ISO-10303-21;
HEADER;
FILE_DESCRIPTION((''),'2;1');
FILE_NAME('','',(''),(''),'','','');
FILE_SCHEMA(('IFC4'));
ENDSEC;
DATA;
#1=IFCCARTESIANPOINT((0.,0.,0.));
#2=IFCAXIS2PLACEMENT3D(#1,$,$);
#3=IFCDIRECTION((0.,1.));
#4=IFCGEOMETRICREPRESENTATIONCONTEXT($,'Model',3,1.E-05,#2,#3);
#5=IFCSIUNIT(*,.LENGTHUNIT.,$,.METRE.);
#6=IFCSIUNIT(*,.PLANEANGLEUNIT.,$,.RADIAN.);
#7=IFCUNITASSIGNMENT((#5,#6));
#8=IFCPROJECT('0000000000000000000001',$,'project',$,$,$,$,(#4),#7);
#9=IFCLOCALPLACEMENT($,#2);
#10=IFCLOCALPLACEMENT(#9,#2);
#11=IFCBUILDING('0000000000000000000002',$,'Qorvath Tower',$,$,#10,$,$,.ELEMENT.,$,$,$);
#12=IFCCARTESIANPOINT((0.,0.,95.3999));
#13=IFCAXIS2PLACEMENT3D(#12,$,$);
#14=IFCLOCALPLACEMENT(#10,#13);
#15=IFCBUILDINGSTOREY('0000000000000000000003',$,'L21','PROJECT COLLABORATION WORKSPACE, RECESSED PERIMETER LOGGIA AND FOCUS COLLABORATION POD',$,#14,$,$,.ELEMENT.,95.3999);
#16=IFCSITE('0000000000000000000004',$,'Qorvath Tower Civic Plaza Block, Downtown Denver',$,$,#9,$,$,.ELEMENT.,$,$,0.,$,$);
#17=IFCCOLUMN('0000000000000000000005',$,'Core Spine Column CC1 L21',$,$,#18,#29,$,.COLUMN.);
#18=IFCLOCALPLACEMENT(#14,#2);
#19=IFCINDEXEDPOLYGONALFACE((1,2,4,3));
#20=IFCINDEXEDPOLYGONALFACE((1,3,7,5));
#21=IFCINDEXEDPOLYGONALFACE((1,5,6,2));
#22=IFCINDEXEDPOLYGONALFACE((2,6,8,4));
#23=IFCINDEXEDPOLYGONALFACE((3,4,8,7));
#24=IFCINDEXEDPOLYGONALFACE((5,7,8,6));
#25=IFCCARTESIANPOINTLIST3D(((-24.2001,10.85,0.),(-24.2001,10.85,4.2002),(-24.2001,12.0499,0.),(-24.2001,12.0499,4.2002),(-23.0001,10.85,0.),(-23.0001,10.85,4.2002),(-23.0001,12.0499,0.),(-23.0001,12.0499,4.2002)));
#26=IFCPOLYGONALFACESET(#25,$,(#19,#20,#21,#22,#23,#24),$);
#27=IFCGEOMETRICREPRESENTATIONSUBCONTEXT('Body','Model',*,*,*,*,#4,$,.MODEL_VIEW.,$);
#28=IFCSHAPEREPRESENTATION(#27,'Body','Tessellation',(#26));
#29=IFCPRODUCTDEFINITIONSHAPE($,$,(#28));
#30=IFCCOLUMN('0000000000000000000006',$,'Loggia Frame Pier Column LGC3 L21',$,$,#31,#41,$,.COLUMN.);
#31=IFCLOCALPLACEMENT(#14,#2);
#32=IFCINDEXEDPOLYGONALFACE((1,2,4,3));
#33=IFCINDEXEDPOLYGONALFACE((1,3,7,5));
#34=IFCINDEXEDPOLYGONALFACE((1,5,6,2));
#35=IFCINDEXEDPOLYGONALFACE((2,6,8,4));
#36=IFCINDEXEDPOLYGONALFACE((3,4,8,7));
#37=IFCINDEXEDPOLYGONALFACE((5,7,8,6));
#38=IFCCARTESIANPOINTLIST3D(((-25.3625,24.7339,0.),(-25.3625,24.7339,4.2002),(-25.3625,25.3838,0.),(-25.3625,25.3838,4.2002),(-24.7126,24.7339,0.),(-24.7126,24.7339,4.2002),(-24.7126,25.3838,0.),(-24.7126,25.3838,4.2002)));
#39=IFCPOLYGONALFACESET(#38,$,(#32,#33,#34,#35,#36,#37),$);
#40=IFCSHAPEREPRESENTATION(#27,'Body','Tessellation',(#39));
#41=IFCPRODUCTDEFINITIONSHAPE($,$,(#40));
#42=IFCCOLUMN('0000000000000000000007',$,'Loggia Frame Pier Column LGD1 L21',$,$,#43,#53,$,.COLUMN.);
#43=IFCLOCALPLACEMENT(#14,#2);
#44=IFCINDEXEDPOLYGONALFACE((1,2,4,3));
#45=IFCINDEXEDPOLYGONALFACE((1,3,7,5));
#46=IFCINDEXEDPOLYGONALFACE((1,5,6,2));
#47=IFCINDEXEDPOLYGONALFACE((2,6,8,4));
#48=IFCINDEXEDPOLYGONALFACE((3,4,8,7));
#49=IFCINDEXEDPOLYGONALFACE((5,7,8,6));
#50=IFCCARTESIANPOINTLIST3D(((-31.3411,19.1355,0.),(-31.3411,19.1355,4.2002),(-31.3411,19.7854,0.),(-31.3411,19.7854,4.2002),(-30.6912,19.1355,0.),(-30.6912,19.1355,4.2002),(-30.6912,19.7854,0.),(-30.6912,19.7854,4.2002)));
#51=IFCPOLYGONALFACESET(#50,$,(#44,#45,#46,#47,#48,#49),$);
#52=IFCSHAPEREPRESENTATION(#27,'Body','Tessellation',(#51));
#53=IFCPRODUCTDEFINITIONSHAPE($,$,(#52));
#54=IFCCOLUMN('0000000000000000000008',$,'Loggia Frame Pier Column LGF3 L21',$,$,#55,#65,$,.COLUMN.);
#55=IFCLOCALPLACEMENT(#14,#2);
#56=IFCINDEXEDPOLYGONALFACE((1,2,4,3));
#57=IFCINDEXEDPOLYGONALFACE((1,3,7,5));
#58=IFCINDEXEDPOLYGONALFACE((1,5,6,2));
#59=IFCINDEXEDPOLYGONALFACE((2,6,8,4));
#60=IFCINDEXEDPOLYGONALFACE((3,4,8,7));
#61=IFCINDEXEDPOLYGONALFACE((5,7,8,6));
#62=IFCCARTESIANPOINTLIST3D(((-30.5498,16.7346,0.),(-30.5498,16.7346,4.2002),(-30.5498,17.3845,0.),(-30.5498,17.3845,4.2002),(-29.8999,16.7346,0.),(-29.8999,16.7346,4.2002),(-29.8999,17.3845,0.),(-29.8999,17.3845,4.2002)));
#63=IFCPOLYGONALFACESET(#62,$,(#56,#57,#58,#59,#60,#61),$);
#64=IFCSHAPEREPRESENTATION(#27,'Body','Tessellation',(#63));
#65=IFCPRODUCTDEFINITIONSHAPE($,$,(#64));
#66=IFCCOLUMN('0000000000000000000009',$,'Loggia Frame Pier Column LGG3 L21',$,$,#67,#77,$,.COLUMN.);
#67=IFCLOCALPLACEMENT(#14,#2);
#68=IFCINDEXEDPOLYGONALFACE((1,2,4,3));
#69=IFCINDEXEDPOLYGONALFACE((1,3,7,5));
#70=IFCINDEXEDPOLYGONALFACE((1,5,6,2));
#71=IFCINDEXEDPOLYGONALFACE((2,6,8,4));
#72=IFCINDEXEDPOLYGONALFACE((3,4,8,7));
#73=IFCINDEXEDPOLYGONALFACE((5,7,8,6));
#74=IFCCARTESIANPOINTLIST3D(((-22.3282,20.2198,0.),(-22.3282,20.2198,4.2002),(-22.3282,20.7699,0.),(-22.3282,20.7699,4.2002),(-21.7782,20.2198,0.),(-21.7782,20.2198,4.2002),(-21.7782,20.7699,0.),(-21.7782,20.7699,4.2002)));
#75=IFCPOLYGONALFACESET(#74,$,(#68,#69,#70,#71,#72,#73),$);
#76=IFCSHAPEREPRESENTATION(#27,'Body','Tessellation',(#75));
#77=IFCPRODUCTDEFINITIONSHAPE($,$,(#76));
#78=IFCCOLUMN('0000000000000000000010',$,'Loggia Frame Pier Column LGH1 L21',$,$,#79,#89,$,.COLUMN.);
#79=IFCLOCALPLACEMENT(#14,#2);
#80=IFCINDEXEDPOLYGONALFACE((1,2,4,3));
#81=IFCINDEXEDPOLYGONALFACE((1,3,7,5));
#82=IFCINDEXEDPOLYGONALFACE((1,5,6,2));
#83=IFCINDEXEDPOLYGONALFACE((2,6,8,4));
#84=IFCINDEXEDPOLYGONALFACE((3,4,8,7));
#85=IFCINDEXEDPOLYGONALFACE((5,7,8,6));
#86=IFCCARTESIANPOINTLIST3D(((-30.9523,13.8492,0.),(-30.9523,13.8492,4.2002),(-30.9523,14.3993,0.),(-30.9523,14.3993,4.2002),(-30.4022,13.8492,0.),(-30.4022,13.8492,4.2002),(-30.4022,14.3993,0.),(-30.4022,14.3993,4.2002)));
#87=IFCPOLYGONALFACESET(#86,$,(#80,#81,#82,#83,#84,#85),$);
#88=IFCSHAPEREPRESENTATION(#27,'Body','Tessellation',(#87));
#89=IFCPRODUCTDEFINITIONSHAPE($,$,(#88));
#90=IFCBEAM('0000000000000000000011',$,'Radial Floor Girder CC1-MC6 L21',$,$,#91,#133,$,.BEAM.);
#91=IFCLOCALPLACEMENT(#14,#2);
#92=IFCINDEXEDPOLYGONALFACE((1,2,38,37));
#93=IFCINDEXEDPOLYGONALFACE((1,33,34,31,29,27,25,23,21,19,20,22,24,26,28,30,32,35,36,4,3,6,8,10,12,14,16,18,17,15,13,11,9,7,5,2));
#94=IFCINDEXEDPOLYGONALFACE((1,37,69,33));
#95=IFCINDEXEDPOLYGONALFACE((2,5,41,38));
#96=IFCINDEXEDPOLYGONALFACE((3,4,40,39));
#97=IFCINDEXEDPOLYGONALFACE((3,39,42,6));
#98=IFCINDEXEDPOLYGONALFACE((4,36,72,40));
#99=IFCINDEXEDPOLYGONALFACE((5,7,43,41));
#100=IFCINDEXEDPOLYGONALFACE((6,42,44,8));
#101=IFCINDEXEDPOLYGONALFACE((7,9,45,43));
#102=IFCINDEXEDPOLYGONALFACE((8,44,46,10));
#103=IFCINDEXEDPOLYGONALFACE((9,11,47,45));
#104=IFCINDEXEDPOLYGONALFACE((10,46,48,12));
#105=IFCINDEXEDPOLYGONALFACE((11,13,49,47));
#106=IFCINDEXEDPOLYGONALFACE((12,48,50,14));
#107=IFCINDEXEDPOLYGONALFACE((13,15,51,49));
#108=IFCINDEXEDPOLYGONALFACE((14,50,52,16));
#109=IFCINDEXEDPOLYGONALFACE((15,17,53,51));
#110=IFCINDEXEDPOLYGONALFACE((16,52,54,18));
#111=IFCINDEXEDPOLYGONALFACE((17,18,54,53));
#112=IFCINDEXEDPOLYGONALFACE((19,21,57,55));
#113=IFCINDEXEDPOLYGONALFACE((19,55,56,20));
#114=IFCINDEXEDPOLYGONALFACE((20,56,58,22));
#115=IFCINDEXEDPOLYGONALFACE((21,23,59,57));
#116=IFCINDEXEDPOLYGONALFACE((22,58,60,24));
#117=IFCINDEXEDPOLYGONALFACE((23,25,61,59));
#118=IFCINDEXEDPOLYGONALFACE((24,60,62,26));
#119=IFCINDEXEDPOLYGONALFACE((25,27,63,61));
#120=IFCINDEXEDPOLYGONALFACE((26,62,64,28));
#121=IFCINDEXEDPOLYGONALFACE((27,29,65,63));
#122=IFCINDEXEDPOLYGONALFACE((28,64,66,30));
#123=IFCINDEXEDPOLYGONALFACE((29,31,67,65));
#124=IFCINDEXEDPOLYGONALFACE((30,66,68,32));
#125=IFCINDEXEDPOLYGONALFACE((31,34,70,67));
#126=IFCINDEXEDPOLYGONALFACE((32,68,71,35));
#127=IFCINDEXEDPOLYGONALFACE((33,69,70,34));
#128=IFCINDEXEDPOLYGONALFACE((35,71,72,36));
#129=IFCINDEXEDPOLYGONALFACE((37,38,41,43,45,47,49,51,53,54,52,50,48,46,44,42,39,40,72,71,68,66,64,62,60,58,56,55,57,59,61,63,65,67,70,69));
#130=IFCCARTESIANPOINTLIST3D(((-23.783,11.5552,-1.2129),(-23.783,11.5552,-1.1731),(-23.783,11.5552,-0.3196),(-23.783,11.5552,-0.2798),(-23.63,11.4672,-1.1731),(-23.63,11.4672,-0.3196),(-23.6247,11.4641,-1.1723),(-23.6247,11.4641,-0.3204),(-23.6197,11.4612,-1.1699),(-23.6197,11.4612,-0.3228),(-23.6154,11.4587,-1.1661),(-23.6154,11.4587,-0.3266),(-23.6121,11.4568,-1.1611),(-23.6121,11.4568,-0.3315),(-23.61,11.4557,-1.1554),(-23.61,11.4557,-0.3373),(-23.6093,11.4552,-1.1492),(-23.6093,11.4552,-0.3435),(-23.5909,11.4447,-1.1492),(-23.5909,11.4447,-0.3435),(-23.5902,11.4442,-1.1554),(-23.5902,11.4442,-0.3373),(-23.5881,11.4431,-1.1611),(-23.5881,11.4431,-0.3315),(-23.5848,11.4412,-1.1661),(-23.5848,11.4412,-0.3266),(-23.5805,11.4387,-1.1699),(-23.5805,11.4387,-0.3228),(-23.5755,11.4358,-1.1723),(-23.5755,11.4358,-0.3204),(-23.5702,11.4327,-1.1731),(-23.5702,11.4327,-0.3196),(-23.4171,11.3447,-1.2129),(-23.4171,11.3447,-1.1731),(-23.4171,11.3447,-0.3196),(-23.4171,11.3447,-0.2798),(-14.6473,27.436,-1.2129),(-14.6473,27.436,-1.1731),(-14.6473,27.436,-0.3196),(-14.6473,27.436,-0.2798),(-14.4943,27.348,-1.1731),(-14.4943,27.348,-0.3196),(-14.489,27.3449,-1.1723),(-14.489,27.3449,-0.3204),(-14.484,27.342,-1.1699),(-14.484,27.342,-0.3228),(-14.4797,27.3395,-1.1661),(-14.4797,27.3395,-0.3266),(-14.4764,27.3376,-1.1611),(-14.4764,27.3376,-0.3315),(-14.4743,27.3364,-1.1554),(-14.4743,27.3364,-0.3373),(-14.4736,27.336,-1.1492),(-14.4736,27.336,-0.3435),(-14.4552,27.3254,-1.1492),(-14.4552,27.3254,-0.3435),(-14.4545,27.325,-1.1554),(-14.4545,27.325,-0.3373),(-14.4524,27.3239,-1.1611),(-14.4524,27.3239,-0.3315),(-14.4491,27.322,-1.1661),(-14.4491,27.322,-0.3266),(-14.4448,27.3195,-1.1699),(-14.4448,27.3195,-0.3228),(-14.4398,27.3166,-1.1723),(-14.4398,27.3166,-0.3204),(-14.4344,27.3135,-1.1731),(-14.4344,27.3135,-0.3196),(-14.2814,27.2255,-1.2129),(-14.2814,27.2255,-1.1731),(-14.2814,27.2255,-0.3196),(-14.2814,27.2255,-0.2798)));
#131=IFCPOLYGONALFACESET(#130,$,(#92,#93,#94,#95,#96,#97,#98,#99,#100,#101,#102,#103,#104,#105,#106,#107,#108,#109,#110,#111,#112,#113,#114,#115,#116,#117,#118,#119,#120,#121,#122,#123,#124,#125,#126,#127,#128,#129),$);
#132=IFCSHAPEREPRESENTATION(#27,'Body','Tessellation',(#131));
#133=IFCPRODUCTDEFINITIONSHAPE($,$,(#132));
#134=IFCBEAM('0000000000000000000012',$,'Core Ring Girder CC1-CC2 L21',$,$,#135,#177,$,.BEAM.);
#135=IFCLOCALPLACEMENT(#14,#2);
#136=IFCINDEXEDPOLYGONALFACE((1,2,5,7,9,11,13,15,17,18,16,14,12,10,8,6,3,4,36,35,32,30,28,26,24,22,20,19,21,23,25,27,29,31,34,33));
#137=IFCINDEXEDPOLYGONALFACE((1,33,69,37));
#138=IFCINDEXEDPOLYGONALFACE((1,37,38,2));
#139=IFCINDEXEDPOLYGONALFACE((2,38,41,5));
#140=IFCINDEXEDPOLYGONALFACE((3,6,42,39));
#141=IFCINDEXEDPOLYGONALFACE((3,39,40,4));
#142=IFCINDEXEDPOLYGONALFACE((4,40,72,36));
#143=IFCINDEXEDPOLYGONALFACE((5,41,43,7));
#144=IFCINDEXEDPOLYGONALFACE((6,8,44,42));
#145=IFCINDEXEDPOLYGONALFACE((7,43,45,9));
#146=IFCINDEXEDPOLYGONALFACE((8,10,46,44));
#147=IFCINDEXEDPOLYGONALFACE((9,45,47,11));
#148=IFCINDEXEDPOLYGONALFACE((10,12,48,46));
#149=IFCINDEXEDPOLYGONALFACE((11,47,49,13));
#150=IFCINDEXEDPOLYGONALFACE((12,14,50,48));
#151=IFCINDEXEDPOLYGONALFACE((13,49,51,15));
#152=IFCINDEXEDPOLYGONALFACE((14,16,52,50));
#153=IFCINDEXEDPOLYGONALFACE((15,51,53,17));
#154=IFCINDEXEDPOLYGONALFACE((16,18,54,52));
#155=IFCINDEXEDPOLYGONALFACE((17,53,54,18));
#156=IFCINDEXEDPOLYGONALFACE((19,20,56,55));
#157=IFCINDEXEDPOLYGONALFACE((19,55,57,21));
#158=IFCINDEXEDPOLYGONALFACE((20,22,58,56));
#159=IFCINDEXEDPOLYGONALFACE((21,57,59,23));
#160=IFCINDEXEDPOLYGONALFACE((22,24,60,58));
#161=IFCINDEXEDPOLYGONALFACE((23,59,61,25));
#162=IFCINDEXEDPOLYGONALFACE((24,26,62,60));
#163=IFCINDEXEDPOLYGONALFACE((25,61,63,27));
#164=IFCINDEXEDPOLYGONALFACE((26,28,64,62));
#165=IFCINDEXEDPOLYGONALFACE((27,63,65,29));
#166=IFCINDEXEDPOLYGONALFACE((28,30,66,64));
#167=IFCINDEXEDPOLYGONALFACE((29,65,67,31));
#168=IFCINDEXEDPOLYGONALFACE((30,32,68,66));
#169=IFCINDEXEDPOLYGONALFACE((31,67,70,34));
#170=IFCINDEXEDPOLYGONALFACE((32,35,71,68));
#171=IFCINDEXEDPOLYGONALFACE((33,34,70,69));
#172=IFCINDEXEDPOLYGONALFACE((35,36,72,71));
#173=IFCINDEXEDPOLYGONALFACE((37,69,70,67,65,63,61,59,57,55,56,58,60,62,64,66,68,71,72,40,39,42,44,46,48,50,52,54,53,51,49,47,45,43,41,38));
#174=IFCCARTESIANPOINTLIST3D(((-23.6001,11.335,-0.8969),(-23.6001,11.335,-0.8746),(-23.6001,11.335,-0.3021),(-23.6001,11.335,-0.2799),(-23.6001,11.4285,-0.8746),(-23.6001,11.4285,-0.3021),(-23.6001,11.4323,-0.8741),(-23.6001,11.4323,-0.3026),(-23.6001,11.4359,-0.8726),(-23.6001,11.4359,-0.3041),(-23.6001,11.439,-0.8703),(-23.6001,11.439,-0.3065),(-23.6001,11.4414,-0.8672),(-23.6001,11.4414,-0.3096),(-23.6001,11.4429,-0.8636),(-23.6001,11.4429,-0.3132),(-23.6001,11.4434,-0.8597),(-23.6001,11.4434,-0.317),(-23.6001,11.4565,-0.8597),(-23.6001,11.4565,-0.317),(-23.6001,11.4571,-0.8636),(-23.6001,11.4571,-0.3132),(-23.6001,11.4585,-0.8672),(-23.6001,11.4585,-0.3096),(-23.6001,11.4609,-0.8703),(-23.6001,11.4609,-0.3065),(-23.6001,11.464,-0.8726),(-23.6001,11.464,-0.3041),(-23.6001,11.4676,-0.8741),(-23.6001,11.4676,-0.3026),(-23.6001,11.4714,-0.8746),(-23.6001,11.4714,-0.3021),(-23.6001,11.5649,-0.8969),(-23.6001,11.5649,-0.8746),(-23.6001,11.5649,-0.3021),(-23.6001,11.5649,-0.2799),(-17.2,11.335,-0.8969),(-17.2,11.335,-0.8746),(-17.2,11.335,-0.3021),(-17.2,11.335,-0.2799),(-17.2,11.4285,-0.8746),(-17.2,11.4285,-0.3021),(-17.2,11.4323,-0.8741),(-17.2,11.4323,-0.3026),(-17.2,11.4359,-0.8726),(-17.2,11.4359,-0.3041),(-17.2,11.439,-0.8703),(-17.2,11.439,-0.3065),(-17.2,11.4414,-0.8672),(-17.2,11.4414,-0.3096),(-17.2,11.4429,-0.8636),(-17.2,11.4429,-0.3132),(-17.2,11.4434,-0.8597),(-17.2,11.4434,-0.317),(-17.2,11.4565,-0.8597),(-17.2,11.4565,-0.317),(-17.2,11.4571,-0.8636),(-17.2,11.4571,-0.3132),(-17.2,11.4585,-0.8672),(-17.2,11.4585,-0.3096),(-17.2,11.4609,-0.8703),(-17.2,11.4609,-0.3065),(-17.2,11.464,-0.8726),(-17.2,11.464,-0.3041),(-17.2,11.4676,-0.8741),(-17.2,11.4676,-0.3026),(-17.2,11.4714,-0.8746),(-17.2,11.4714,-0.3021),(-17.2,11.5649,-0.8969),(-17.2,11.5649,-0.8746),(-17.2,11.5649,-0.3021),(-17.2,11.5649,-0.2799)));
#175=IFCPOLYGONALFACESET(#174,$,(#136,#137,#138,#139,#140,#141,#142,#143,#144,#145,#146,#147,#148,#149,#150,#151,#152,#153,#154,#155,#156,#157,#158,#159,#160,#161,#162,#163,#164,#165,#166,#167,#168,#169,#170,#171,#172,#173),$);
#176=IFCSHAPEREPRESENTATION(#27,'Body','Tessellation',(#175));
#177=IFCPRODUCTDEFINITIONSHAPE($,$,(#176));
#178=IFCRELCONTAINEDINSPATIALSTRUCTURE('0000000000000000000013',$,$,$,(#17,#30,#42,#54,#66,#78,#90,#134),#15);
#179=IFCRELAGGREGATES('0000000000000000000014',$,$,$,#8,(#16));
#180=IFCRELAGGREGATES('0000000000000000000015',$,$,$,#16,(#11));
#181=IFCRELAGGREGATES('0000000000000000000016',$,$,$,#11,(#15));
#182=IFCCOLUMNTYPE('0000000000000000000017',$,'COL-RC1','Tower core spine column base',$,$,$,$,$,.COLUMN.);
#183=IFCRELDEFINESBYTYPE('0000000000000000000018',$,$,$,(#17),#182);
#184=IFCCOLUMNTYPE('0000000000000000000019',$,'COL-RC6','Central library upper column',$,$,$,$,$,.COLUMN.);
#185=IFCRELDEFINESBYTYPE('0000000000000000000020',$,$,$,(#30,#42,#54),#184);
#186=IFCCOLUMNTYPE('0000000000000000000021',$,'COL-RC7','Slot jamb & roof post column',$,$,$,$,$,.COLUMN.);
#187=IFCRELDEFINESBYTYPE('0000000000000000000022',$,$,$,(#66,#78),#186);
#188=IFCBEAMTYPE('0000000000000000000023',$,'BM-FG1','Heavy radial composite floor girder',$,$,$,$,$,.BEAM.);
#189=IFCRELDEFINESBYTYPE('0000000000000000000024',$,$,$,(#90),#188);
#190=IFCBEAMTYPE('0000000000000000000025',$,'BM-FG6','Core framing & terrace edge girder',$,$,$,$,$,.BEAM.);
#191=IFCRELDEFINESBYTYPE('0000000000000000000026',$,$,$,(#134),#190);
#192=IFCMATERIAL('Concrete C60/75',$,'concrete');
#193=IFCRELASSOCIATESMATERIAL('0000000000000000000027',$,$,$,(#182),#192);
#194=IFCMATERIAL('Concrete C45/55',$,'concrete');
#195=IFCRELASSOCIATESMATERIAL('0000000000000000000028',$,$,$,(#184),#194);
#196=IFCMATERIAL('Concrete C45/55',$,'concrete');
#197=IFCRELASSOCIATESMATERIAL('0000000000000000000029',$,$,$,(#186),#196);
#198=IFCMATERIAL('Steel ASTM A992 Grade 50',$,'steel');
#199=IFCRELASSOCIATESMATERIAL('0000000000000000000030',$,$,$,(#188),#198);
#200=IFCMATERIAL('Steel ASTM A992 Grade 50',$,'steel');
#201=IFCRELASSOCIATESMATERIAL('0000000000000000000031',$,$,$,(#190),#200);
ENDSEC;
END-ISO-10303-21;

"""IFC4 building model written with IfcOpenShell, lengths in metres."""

from ifc_helpers import new_model, si_unit, direction, frame, origin, origin_2d, place, context, subcontext, project, spatial, rectangle, i_section, extrude, material, material_profile, profile_set, type_object, element, save


model = new_model("IFC4")

# Units and contexts
model_context = context("Model", 3, precision=1e-05, world=origin(), true_north=direction((0.0, 1.0)))
body_context = subcontext(model_context, "Body", "Model", "MODEL_VIEW")
ifc_project = project(units=[si_unit("LENGTHUNIT", "METRE"), si_unit("PLANEANGLEUNIT", "RADIAN")], contexts=[model_context])

# Site, building, storey
site_placement = place(None, origin())
site = spatial("IfcSite", under=ifc_project, at=site_placement, Name="Qorvath Tower Civic Plaza Block, Downtown Denver", CompositionType="ELEMENT", RefElevation=0.0)
building_placement = place(site_placement, origin())
building = spatial("IfcBuilding", under=site, at=building_placement, Name="Qorvath Tower", CompositionType="ELEMENT")
storey_placement = place(building_placement, frame((0.0, 0.0, 95.3999)))
storey = spatial("IfcBuildingStorey", under=building, at=storey_placement, Name="L21", Description="PROJECT COLLABORATION WORKSPACE, RECESSED PERIMETER LOGGIA AND FOCUS COLLABORATION POD", CompositionType="ELEMENT", Elevation=95.3999)

# Columns
ifc_material_1 = material(Name="Concrete C60/75", Category="concrete")
ifc_material_profile_1 = material_profile(ifc_material_1, rectangle(XDim=1.2, YDim=1.2, at=origin_2d()), Name="RC 1200x1200")
ifc_profile_set_1 = profile_set([ifc_material_profile_1], Name="Concrete C60/75")
column_type_1 = type_object("IfcColumnType", Name="COL-RC1", Description="Tower core spine column base", PredefinedType="COLUMN", material=ifc_profile_set_1)
column_placement = place(storey_placement, frame((-23.6001, 11.45, 0.0), z_axis=(0.0, 0.0, 1.0), x_axis=(1.0, 0.0, 0.0)))
element("IfcColumn", 1, at=column_placement, inside=storey, type_object=column_type_1, Name="Core Spine Column CC1 L21", PredefinedType="COLUMN", context=body_context, shape_type="SweptSolid", body=[
    extrude(rectangle(XDim=1.2, YDim=1.2, at=origin_2d()), origin(), (0.0, 0.0, 1.0), 4.2002),
])
ifc_material_2 = material(Name="Concrete C45/55", Category="concrete")
ifc_material_profile_2 = material_profile(ifc_material_2, rectangle(XDim=0.6499, YDim=0.6499, at=origin_2d()), Name="RC 650x650")
ifc_profile_set_2 = profile_set([ifc_material_profile_2], Name="Concrete C45/55")
column_type_2 = type_object("IfcColumnType", Name="COL-RC6", Description="Central library upper column", PredefinedType="COLUMN", material=ifc_profile_set_2)
for number, where, z_axis, x_axis, name in (
    (2, (-25.0376, 25.0588, 0.0), (0.0, 0.0, 1.0), (1.0, 0.0, 0.0), "Loggia Frame Pier Column LGC3 L21"),
    (3, (-31.0161, 19.4604, 0.0), (0.0, 0.0, 1.0), (1.0, 0.0, 0.0), "Loggia Frame Pier Column LGD1 L21"),
    (4, (-30.2249, 17.0596, 0.0), (0.0, 0.0, 1.0), (1.0, 0.0, 0.0), "Loggia Frame Pier Column LGF3 L21"),
):
    element("IfcColumn", number, at=place(storey_placement, frame(where, z_axis=z_axis, x_axis=x_axis)), inside=storey, type_object=column_type_2, Name=name, PredefinedType="COLUMN", context=body_context, shape_type="SweptSolid", body=[
        extrude(rectangle(XDim=0.6499, YDim=0.6499, at=origin_2d()), origin(), (0.0, 0.0, 1.0), 4.2002),
    ])
ifc_material_3 = material(Name="Concrete C45/55", Category="concrete")
ifc_material_profile_3 = material_profile(ifc_material_3, rectangle(XDim=0.55, YDim=0.55, at=origin_2d()), Name="RC 550x550")
ifc_profile_set_3 = profile_set([ifc_material_profile_3], Name="Concrete C45/55")
column_type_3 = type_object("IfcColumnType", Name="COL-RC7", Description="Slot jamb & roof post column", PredefinedType="COLUMN", material=ifc_profile_set_3)
for number, where, z_axis, x_axis, name in (
    (5, (-22.0532, 20.4949, 0.0), (0.0, 0.0, 1.0), (1.0, 0.0, 0.0), "Loggia Frame Pier Column LGG3 L21"),
    (6, (-30.6772, 14.1243, 0.0), (0.0, 0.0, 1.0), (1.0, 0.0, 0.0), "Loggia Frame Pier Column LGH1 L21"),
):
    element("IfcColumn", number, at=place(storey_placement, frame(where, z_axis=z_axis, x_axis=x_axis)), inside=storey, type_object=column_type_3, Name=name, PredefinedType="COLUMN", context=body_context, shape_type="SweptSolid", body=[
        extrude(rectangle(XDim=0.55, YDim=0.55, at=origin_2d()), origin(), (0.0, 0.0, 1.0), 4.2002),
    ])

# Beams
ifc_material_4 = material(Name="Steel ASTM A992 Grade 50", Category="steel")
ifc_material_profile_4 = material_profile(ifc_material_4, i_section(OverallWidth=0.4221, OverallDepth=0.9331, WebThickness=0.0212, FlangeThickness=0.0398, FilletRadius=0.0239, at=origin_2d()), Name="W36x262")
ifc_profile_set_4 = profile_set([ifc_material_profile_4], Name="Steel ASTM A992 Grade 50")
beam_type_1 = type_object("IfcBeamType", Name="BM-FG1", Description="Heavy radial composite floor girder", PredefinedType="BEAM", material=ifc_profile_set_4)
beam_1_placement = place(storey_placement, frame((-23.6001, 11.45, -0.7463), z_axis=(0.498645, 0.866806, 0.0), x_axis=(-0.866806, 0.498645, 0.0)))
element("IfcBeam", 7, at=beam_1_placement, inside=storey, type_object=beam_type_1, Name="Radial Floor Girder CC1-MC6 L21", PredefinedType="BEAM", context=body_context, shape_type="SweptSolid", body=[
    extrude(i_section(OverallWidth=0.4221, OverallDepth=0.9331, WebThickness=0.0212, FlangeThickness=0.0398, FilletRadius=0.0239, at=origin_2d()), origin(), (0.0, 0.0, 1.0), 18.321),
])
ifc_material_5 = material(Name="Steel ASTM A992 Grade 50", Category="steel")
ifc_material_profile_5 = material_profile(ifc_material_5, i_section(OverallWidth=0.23, OverallDepth=0.6169, WebThickness=0.0132, FlangeThickness=0.0222, FilletRadius=0.0149, at=origin_2d()), Name="W24x94")
ifc_profile_set_5 = profile_set([ifc_material_profile_5], Name="Steel ASTM A992 Grade 50")
beam_type_2 = type_object("IfcBeamType", Name="BM-FG6", Description="Core framing & terrace edge girder", PredefinedType="BEAM", material=ifc_profile_set_5)
beam_2_placement = place(storey_placement, frame((-23.6001, 11.45, -0.5884), z_axis=(1.0, 0.0, 0.0), x_axis=(0.0, 1.0, 0.0)))
element("IfcBeam", 8, at=beam_2_placement, inside=storey, type_object=beam_type_2, Name="Core Ring Girder CC1-CC2 L21", PredefinedType="BEAM", context=body_context, shape_type="SweptSolid", body=[
    extrude(i_section(OverallWidth=0.23, OverallDepth=0.6169, WebThickness=0.0132, FlangeThickness=0.0222, FilletRadius=0.0149, at=origin_2d()), origin(), (0.0, 0.0, 1.0), 6.4001),
])

save(model, "model.ifc")
